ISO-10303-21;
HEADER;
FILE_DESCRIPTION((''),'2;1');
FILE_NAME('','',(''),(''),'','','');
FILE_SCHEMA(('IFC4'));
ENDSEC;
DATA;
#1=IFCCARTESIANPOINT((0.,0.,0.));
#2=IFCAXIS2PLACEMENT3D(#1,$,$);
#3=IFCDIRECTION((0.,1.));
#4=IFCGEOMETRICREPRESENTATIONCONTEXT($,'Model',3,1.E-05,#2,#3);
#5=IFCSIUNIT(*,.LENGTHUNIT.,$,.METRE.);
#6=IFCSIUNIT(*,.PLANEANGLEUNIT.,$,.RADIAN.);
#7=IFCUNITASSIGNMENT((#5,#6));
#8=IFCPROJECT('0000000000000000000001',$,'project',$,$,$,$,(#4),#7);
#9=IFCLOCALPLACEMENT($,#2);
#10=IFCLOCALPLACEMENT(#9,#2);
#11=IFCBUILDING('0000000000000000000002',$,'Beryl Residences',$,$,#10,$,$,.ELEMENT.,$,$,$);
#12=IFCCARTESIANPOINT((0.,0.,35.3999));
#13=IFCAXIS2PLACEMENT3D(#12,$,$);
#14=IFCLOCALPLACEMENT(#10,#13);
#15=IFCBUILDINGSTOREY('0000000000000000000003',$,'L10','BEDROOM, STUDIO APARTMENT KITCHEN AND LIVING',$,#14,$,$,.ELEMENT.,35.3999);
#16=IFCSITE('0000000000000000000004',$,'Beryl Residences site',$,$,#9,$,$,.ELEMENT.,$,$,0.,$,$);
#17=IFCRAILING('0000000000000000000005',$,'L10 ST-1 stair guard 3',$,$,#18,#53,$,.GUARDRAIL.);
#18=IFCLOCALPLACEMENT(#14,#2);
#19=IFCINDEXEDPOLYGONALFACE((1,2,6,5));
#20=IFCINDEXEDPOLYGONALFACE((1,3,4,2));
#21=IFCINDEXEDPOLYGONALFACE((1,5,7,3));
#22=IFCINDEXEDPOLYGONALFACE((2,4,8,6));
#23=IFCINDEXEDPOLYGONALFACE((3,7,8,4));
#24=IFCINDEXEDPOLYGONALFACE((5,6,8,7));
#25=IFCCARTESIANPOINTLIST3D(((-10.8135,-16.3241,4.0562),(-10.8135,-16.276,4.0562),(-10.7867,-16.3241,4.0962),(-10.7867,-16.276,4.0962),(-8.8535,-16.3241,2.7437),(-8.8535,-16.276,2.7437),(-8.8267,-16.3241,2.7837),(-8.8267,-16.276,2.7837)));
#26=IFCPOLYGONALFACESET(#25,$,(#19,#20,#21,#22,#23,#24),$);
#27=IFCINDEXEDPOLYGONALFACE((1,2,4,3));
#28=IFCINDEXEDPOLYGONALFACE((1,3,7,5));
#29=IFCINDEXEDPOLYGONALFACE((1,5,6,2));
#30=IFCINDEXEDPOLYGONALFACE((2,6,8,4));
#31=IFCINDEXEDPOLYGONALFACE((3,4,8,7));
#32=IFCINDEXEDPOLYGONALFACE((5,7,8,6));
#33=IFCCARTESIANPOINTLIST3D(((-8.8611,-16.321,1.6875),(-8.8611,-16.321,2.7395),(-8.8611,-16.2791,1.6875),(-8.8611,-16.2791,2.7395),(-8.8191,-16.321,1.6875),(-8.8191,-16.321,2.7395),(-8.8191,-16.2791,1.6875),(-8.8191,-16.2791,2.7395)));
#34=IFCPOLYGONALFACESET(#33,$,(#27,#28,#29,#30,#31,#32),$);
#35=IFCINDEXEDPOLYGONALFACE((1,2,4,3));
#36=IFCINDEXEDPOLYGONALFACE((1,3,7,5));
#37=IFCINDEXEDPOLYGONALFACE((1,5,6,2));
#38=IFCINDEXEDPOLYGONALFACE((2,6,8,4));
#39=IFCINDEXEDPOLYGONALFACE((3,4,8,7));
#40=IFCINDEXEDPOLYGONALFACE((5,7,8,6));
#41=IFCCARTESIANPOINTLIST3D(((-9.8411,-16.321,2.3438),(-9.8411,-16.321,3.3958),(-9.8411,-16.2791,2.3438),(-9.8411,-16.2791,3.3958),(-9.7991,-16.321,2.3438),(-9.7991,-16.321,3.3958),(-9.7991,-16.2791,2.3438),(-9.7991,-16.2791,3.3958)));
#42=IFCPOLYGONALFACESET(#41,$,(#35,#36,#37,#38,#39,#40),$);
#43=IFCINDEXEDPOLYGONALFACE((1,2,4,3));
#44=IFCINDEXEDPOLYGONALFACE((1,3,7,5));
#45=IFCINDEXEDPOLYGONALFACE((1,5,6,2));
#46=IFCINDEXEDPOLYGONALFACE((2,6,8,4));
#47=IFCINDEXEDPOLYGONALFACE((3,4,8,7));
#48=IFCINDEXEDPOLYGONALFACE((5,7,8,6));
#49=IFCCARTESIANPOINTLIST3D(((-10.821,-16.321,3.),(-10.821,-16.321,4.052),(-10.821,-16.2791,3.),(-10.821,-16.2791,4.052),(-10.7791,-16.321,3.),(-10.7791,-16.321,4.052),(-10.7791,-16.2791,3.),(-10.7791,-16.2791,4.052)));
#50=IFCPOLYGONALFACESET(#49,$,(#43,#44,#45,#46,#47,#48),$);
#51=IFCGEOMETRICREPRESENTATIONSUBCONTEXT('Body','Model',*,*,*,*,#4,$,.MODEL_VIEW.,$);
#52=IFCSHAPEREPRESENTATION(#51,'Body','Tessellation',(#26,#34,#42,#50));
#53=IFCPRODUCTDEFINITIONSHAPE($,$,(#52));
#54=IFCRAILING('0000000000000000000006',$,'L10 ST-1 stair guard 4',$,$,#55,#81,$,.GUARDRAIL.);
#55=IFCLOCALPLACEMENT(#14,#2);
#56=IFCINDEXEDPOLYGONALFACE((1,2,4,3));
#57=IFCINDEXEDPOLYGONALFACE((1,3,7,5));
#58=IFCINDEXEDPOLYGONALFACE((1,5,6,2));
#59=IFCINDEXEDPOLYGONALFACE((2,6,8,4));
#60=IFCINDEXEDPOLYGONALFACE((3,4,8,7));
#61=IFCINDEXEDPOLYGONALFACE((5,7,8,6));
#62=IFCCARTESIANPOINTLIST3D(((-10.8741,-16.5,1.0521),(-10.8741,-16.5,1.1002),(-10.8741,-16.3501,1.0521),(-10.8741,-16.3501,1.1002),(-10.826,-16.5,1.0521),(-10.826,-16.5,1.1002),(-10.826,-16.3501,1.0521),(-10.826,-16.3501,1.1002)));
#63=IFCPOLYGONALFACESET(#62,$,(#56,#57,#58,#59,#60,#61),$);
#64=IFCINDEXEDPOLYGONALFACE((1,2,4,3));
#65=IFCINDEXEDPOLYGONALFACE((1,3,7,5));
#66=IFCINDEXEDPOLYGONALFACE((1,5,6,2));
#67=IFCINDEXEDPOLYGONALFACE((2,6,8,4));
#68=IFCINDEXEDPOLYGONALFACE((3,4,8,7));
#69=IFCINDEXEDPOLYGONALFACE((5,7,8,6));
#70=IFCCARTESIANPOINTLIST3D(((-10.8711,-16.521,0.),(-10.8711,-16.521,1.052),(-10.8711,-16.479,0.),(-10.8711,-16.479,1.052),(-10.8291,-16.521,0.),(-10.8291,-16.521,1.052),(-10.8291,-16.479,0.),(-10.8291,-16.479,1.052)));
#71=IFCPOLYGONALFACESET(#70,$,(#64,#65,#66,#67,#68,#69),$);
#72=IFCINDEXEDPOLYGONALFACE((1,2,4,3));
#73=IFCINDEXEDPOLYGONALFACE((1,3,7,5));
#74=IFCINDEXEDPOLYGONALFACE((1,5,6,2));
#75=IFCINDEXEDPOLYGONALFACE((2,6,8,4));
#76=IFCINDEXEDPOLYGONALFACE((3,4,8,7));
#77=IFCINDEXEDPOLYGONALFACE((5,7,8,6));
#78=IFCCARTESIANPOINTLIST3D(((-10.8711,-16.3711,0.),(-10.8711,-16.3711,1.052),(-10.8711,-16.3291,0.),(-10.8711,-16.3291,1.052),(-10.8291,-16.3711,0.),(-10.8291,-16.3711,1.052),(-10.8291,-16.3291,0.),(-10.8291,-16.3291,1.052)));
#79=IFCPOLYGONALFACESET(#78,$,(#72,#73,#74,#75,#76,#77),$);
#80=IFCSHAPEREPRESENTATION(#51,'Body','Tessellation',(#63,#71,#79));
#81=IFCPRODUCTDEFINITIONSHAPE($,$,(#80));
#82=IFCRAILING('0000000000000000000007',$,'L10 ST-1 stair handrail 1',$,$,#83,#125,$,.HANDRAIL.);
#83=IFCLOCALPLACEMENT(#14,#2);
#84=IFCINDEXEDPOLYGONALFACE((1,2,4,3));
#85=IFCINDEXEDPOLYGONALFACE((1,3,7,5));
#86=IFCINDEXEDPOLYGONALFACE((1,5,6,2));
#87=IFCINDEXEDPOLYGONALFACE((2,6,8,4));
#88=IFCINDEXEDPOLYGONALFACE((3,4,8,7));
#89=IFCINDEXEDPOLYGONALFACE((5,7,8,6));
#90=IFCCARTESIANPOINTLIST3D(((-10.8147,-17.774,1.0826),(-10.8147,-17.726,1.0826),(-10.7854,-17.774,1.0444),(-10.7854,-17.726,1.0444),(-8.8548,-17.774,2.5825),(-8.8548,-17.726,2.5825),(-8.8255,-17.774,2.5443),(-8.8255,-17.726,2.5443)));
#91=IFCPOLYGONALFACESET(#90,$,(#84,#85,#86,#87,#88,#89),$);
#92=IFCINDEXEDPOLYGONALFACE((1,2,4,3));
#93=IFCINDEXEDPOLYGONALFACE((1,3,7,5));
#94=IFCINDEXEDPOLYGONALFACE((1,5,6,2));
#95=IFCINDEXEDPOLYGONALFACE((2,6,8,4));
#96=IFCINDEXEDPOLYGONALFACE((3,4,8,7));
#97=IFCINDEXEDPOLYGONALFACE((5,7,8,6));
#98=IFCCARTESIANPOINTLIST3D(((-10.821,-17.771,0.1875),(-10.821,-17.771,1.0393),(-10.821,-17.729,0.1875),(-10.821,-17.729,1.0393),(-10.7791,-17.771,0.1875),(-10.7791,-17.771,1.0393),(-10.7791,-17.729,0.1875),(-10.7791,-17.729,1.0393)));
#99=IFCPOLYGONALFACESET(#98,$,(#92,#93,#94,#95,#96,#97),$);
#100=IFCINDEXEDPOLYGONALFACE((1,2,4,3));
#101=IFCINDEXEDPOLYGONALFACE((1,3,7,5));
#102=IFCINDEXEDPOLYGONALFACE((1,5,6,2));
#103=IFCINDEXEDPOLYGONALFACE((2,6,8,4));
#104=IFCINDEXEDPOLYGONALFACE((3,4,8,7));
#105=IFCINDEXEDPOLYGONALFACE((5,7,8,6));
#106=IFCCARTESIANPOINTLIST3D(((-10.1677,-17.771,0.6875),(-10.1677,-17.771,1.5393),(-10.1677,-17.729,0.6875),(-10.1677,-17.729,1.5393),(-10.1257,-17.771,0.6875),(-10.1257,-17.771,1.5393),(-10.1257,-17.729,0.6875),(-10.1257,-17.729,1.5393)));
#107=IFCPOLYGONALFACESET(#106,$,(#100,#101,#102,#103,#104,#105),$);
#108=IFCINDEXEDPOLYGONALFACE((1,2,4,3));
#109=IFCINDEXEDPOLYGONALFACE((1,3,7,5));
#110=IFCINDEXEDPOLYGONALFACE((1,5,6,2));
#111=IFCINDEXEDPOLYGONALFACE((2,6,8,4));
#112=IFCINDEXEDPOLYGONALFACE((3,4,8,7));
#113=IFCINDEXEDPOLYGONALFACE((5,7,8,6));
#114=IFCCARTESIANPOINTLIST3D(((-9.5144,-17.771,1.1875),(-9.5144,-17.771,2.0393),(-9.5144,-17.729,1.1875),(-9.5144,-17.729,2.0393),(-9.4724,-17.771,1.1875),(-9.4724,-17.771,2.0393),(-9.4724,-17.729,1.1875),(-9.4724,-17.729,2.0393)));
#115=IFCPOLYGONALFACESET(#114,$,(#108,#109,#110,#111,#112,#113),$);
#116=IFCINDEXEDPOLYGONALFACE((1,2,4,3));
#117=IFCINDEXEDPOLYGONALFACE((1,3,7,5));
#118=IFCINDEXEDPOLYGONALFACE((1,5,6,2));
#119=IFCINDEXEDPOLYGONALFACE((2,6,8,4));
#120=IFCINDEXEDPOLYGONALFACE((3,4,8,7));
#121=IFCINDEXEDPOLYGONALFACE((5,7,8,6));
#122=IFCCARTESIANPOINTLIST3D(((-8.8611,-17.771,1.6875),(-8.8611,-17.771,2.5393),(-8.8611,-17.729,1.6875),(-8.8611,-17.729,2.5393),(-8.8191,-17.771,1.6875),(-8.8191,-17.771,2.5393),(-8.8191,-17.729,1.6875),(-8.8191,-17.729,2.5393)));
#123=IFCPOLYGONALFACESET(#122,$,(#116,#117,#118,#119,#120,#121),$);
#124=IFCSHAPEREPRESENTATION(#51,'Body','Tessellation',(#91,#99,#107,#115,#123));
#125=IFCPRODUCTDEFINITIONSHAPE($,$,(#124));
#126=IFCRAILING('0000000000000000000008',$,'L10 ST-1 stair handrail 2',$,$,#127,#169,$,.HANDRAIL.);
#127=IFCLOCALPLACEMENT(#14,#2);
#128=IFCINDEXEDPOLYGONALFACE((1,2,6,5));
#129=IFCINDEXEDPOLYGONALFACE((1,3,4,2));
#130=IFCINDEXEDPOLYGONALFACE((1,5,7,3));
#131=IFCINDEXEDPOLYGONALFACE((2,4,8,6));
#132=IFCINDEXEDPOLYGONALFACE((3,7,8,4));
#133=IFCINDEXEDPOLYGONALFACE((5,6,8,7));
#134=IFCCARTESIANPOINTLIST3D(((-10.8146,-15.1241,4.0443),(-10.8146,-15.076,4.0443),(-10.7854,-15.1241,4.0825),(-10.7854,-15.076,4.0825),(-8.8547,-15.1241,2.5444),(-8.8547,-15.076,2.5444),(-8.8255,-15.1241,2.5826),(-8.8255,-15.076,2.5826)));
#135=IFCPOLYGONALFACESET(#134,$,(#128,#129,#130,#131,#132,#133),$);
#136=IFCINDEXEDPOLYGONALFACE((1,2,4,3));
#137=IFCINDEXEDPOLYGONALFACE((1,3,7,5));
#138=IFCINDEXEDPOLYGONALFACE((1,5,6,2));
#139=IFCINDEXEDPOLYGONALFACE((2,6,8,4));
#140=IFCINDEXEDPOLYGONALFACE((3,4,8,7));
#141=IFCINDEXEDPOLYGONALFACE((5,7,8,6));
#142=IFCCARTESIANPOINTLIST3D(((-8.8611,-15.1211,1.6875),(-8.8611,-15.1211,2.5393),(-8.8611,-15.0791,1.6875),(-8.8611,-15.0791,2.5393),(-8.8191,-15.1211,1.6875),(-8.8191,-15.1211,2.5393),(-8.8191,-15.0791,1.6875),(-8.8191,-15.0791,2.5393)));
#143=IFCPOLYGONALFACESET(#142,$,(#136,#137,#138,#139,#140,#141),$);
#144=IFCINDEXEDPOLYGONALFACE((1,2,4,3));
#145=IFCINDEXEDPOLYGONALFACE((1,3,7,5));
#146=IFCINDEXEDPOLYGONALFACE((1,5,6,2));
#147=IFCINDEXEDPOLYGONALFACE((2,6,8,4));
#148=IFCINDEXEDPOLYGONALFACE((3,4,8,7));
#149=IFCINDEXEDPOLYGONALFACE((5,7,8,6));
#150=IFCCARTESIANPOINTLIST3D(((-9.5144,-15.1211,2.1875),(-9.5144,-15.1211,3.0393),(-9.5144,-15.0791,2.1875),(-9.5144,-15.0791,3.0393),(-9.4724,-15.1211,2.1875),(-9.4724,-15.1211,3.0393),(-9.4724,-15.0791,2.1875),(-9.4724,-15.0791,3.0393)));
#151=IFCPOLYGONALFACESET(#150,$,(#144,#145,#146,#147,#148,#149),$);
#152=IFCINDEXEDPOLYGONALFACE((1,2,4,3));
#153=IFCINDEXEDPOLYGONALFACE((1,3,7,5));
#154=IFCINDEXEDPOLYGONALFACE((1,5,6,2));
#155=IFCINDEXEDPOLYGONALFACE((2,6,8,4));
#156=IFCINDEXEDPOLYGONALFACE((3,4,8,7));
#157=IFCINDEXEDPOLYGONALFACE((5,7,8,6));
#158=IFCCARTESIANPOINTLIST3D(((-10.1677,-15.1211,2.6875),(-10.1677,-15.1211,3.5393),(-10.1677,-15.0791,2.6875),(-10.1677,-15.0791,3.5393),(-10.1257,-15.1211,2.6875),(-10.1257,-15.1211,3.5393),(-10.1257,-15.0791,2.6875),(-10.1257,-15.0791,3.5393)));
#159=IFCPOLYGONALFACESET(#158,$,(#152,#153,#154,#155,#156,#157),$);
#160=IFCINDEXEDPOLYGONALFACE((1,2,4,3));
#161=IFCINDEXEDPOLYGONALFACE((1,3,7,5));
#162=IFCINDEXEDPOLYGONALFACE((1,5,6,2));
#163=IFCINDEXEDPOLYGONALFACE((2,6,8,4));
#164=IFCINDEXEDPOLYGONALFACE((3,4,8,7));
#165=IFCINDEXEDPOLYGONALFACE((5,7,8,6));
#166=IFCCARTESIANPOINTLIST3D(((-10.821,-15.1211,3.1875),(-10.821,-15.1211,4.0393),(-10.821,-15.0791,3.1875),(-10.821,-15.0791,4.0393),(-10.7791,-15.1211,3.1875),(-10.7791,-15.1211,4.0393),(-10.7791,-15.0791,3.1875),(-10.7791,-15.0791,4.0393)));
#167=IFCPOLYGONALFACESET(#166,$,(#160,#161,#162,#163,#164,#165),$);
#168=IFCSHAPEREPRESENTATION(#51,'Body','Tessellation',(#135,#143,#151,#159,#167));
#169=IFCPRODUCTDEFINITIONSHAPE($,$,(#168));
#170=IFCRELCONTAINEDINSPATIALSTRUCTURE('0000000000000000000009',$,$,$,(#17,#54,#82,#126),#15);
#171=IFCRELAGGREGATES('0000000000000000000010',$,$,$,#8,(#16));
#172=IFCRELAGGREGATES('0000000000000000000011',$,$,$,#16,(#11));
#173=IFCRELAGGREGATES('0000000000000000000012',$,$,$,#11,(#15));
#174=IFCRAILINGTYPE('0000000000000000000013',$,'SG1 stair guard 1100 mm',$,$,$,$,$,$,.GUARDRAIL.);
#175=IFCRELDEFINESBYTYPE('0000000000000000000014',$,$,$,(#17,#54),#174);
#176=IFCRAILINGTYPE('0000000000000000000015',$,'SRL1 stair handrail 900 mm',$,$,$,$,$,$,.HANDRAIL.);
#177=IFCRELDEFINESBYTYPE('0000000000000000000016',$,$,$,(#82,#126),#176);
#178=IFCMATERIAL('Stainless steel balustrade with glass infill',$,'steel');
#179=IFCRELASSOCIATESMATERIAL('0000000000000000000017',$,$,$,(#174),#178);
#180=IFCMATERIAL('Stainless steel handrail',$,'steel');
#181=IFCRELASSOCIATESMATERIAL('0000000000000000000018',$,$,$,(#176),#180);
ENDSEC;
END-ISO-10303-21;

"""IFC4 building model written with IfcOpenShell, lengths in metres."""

from ifc_helpers import new_model, si_unit, direction, frame, origin, origin_2d, place, context, subcontext, project, spatial, rectangle, extrude, material, type_object, element, save


model = new_model("IFC4")

# Units and contexts
model_context = context("Model", 3, precision=1e-05, world=origin(), true_north=direction((0.0, 1.0)))
body_context = subcontext(model_context, "Body", "Model", "MODEL_VIEW")
ifc_project = project(units=[si_unit("LENGTHUNIT", "METRE"), si_unit("PLANEANGLEUNIT", "RADIAN")], contexts=[model_context])

# Site, building, storey
site_placement = place(None, origin())
site = spatial("IfcSite", under=ifc_project, at=site_placement, Name="Beryl Residences site", CompositionType="ELEMENT", RefElevation=0.0)
building_placement = place(site_placement, origin())
building = spatial("IfcBuilding", under=site, at=building_placement, Name="Beryl Residences", CompositionType="ELEMENT")
storey_placement = place(building_placement, frame((0.0, 0.0, 35.3999)))
storey = spatial("IfcBuildingStorey", under=building, at=storey_placement, Name="L10", Description="BEDROOM, STUDIO APARTMENT KITCHEN AND LIVING", CompositionType="ELEMENT", Elevation=35.3999)

# Railings
ifc_material_1 = material(Name="Stainless steel balustrade with glass infill", Category="steel")
railing_type_1 = type_object("IfcRailingType", Name="SG1 stair guard 1100 mm", PredefinedType="GUARDRAIL", material=ifc_material_1)
railing_1_placement = place(storey_placement, frame((-8.8401, -16.3, 1.6875)))
element("IfcRailing", 1, at=railing_1_placement, inside=storey, type_object=railing_type_1, Name="L10 ST-1 stair guard 3", PredefinedType="GUARDRAIL", context=body_context, shape_type="SweptSolid", body=[
    extrude(rectangle(XDim=0.0481, YDim=0.0481, at=origin_2d()), frame((0.0, 0.0, 1.0762), z_axis=(-0.830902, 0.0, 0.556419), x_axis=(0.0, -1.0, 0.0)), (0.0, 0.0, 1.0), 2.3589),
    extrude(rectangle(XDim=0.042, YDim=0.042, at=origin_2d()), origin(), (0.0, 0.0, 1.0), 1.052),
    extrude(rectangle(XDim=0.042, YDim=0.042, at=origin_2d()), frame((-0.98, 0.0, 0.6562)), (0.0, 0.0, 1.0), 1.052),
    extrude(rectangle(XDim=0.042, YDim=0.042, at=origin_2d()), frame((-1.96, 0.0, 1.3125)), (0.0, 0.0, 1.0), 1.052),
])
railing_2_placement = place(storey_placement, frame((-10.8501, -16.5, 0.0)))
element("IfcRailing", 2, at=railing_2_placement, inside=storey, type_object=railing_type_1, Name="L10 ST-1 stair guard 4", PredefinedType="GUARDRAIL", context=body_context, shape_type="SweptSolid", body=[
    extrude(rectangle(XDim=0.0481, YDim=0.0481, at=origin_2d()), frame((0.0, 0.0, 1.0762), z_axis=(0.0, 1.0, 0.0), x_axis=(-1.0, 0.0, 0.0)), (0.0, 0.0, 1.0), 0.1499),
    extrude(rectangle(XDim=0.042, YDim=0.042, at=origin_2d()), origin(), (0.0, 0.0, 1.0), 1.052),
    extrude(rectangle(XDim=0.042, YDim=0.042, at=origin_2d()), frame((0.0, 0.1499, 0.0)), (0.0, 0.0, 1.0), 1.052),
])
ifc_material_2 = material(Name="Stainless steel handrail", Category="steel")
railing_type_2 = type_object("IfcRailingType", Name="SRL1 stair handrail 900 mm", PredefinedType="HANDRAIL", material=ifc_material_2)
railing_3_placement = place(storey_placement, frame((-10.8, -17.75, 0.1875)))
element("IfcRailing", 3, at=railing_3_placement, inside=storey, type_object=railing_type_2, Name="L10 ST-1 stair handrail 1", PredefinedType="HANDRAIL", context=body_context, shape_type="SweptSolid", body=[
    extrude(rectangle(XDim=0.0481, YDim=0.0481, at=origin_2d()), frame((0.0, 0.0, 0.876), z_axis=(0.794122, 0.0, 0.607758), x_axis=(0.0, 1.0, 0.0)), (0.0, 0.0, 1.0), 2.468),
    extrude(rectangle(XDim=0.042, YDim=0.042, at=origin_2d()), origin(), (0.0, 0.0, 1.0), 0.8518),
    extrude(rectangle(XDim=0.042, YDim=0.042, at=origin_2d()), frame((0.6533, 0.0, 0.5)), (0.0, 0.0, 1.0), 0.8518),
    extrude(rectangle(XDim=0.042, YDim=0.042, at=origin_2d()), frame((1.3066, 0.0, 1.0)), (0.0, 0.0, 1.0), 0.8518),
    extrude(rectangle(XDim=0.042, YDim=0.042, at=origin_2d()), frame((1.96, 0.0, 1.5)), (0.0, 0.0, 1.0), 0.8518),
])
railing_4_placement = place(storey_placement, frame((-8.8401, -15.1001, 1.6875)))
element("IfcRailing", 4, at=railing_4_placement, inside=storey, type_object=railing_type_2, Name="L10 ST-1 stair handrail 2", PredefinedType="HANDRAIL", context=body_context, shape_type="SweptSolid", body=[
    extrude(rectangle(XDim=0.0481, YDim=0.0481, at=origin_2d()), frame((0.0, 0.0, 0.876), z_axis=(-0.794122, 0.0, 0.607758), x_axis=(0.0, -1.0, 0.0)), (0.0, 0.0, 1.0), 2.468),
    extrude(rectangle(XDim=0.042, YDim=0.042, at=origin_2d()), origin(), (0.0, 0.0, 1.0), 0.8518),
    extrude(rectangle(XDim=0.042, YDim=0.042, at=origin_2d()), frame((-0.6533, 0.0, 0.5)), (0.0, 0.0, 1.0), 0.8518),
    extrude(rectangle(XDim=0.042, YDim=0.042, at=origin_2d()), frame((-1.3066, 0.0, 1.0)), (0.0, 0.0, 1.0), 0.8518),
    extrude(rectangle(XDim=0.042, YDim=0.042, at=origin_2d()), frame((-1.96, 0.0, 1.5)), (0.0, 0.0, 1.0), 0.8518),
])

save(model, "model.ifc")
